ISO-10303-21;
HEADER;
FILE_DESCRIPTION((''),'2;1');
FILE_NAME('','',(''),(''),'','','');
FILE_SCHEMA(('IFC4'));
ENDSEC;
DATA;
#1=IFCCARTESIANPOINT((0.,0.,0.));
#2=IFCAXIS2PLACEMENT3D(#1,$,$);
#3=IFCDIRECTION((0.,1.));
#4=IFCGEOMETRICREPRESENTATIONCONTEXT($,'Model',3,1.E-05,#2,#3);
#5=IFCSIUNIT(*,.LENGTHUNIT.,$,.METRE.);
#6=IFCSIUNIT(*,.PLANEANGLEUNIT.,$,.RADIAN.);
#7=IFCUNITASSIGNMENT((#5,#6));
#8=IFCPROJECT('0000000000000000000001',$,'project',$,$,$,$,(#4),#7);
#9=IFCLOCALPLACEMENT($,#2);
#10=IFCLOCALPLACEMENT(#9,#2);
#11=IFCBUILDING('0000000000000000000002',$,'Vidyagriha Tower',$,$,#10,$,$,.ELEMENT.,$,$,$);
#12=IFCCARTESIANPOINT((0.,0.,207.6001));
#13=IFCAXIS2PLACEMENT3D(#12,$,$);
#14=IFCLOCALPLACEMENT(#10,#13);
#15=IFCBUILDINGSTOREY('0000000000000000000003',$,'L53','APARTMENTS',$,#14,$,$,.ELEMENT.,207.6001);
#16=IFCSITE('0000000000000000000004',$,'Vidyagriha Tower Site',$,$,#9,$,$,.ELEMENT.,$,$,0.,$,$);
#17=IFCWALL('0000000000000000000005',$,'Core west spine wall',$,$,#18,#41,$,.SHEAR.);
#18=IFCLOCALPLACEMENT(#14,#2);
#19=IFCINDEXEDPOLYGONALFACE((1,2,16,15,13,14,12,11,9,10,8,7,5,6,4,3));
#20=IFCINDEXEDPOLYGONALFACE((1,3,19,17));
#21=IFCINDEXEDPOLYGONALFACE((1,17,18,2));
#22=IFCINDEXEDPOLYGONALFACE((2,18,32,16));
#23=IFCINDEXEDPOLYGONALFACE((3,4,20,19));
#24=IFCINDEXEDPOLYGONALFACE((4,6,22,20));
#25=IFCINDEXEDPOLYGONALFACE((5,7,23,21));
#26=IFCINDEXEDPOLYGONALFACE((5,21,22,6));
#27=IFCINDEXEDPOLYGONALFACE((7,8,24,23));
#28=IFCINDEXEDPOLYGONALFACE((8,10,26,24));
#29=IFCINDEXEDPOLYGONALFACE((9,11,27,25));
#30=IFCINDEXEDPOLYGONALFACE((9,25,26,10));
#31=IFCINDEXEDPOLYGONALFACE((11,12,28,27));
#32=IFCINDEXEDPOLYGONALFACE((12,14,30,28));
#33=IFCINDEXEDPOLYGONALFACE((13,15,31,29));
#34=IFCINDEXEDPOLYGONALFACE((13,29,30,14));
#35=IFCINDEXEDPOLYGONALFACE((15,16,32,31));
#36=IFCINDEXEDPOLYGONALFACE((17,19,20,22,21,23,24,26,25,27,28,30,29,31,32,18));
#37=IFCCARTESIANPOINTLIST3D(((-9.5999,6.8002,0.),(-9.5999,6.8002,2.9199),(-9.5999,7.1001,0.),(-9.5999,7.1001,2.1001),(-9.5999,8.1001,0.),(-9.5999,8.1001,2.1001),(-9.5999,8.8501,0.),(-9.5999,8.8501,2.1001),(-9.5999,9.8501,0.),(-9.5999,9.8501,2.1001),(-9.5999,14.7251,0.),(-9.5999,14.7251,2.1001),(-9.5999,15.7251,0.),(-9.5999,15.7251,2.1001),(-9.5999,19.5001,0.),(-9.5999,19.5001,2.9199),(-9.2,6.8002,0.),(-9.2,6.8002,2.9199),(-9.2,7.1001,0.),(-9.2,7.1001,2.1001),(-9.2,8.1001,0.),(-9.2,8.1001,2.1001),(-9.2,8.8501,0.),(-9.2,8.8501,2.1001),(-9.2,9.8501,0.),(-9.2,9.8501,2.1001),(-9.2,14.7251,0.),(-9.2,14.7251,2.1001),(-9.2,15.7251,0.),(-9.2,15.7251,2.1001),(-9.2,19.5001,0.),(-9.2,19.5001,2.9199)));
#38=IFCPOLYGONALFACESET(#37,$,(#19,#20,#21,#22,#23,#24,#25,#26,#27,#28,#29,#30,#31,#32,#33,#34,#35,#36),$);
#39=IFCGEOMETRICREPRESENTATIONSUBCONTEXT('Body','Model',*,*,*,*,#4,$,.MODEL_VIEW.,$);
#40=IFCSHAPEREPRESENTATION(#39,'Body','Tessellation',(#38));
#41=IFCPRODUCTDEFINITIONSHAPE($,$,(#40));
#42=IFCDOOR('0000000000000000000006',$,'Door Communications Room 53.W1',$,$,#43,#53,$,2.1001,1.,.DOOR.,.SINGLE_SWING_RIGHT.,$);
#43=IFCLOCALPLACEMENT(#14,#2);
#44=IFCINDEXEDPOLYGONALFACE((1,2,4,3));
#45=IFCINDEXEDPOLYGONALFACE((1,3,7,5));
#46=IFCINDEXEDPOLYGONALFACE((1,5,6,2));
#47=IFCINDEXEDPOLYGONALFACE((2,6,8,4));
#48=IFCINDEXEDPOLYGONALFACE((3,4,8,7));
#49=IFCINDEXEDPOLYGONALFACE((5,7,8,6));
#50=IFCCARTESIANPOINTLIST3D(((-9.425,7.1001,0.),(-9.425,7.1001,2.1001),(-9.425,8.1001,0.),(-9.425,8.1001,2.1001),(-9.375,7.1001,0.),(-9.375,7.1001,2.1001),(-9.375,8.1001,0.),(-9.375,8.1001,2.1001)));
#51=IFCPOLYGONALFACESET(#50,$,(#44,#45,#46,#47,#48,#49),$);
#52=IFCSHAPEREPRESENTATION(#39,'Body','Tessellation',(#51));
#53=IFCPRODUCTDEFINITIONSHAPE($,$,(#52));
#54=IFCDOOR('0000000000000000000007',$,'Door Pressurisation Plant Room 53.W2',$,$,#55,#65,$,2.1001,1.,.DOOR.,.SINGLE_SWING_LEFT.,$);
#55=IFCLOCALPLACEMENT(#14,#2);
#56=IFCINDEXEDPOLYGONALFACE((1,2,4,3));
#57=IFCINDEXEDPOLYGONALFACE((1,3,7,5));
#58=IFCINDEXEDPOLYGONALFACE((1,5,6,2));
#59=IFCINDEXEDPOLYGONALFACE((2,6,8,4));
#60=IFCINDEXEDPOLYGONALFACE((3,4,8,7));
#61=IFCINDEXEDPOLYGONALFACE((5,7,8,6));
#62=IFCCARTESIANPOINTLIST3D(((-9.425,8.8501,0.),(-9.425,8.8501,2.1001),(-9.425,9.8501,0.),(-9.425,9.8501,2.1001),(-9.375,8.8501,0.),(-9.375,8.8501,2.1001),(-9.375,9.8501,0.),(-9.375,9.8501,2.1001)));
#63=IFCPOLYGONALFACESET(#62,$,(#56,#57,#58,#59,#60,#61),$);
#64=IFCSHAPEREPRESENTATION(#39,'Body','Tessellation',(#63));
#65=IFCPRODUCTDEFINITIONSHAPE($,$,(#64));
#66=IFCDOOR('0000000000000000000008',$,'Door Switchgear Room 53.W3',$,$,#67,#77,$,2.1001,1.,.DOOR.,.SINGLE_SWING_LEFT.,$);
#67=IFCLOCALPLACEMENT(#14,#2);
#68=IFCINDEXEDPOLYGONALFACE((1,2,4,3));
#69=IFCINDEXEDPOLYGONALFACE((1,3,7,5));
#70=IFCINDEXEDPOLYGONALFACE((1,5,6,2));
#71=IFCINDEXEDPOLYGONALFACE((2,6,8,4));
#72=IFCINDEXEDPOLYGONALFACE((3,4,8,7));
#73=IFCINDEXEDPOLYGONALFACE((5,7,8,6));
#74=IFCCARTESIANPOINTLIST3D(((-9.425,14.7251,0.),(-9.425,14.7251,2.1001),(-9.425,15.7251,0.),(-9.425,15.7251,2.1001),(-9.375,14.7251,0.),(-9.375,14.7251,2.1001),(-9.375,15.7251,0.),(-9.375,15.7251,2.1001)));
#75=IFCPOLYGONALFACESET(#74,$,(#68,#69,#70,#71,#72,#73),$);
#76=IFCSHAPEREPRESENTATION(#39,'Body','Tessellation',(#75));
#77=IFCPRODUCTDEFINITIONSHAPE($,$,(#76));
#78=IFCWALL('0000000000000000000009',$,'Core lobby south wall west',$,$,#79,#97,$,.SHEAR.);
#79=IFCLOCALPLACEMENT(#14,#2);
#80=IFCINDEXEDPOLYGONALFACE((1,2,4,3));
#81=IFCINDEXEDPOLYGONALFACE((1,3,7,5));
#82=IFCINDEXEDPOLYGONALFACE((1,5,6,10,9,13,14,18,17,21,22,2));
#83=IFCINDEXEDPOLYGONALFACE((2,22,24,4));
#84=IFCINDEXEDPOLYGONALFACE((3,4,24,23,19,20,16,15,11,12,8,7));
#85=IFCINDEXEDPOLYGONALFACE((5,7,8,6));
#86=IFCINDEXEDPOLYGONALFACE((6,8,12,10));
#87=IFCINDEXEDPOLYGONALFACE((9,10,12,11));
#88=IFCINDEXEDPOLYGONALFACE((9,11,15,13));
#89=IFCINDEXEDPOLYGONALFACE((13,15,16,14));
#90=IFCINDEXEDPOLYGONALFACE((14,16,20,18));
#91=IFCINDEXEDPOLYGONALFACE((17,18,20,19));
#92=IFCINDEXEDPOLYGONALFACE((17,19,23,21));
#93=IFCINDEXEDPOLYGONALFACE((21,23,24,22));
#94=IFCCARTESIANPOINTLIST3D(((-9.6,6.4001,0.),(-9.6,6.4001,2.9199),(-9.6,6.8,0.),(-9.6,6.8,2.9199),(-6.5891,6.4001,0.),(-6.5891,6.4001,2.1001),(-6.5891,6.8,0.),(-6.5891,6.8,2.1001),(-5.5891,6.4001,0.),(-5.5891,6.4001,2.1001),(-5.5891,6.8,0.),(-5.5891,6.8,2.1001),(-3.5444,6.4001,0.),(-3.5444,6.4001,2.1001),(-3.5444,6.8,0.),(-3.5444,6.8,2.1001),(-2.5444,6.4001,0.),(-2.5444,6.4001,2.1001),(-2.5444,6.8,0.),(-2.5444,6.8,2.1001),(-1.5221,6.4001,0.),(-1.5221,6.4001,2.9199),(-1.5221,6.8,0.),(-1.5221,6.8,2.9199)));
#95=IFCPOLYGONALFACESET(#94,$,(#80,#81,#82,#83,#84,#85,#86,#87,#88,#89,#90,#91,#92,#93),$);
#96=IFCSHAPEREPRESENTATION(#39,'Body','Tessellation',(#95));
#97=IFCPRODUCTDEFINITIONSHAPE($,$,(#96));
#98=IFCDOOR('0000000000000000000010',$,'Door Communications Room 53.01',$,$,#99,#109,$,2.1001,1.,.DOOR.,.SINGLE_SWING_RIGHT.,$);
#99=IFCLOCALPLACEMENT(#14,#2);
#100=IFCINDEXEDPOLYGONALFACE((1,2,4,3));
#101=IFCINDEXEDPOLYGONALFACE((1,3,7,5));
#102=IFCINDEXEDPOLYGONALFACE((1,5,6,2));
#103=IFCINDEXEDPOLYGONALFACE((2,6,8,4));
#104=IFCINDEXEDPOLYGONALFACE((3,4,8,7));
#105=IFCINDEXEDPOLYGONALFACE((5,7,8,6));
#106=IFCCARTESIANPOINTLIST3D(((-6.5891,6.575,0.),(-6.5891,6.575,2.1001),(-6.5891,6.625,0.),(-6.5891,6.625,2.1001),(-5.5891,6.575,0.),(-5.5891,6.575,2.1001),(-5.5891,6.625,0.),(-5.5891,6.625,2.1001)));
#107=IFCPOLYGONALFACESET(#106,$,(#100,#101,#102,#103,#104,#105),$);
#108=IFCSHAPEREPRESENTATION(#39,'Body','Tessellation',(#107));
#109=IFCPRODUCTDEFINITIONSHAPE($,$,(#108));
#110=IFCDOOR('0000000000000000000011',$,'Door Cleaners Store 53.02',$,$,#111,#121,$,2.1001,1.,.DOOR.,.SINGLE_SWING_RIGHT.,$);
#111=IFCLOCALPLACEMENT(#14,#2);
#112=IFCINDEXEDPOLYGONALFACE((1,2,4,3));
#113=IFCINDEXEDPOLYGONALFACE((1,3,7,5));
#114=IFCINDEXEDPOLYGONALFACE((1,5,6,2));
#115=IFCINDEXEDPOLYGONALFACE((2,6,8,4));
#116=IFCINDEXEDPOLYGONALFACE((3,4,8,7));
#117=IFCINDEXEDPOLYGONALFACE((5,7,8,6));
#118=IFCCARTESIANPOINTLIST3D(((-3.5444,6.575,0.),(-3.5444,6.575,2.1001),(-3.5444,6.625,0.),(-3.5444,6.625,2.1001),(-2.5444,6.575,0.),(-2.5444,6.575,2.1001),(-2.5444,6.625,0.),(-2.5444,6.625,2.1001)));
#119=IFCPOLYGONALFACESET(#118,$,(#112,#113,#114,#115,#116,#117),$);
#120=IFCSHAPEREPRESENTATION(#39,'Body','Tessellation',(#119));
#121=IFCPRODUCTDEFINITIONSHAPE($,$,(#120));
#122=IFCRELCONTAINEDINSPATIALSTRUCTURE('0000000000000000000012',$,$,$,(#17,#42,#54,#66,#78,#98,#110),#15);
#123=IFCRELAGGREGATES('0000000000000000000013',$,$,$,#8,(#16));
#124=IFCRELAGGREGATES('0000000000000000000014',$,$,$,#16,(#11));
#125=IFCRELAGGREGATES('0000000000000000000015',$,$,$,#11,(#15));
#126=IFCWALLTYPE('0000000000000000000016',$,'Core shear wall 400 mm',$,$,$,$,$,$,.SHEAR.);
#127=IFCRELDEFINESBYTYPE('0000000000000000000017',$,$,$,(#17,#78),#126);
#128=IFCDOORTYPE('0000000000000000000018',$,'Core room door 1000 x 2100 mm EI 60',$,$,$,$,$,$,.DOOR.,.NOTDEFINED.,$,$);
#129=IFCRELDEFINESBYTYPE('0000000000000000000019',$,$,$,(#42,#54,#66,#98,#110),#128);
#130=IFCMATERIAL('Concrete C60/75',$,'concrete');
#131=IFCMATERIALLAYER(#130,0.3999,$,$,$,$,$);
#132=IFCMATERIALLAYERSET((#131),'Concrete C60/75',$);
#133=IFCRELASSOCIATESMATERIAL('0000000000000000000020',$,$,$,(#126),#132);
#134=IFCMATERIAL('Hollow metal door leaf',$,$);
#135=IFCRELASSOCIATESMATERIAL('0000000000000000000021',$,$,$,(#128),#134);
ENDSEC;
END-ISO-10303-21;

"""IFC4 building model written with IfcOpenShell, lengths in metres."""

from ifc_helpers import new_model, si_unit, direction, frame, frame_2d, origin, place, context, subcontext, project, spatial, rectangle, extrude, material, layer, layer_set, type_object, element, fill, save


model = new_model("IFC4")

# Units and contexts
model_context = context("Model", 3, precision=1e-05, world=origin(), true_north=direction((0.0, 1.0)))
body_context = subcontext(model_context, "Body", "Model", "MODEL_VIEW")
ifc_project = project(units=[si_unit("LENGTHUNIT", "METRE"), si_unit("PLANEANGLEUNIT", "RADIAN")], contexts=[model_context])

# Site, building, storey
site_placement = place(None, origin())
site = spatial("IfcSite", under=ifc_project, at=site_placement, Name="Vidyagriha Tower Site", CompositionType="ELEMENT", RefElevation=0.0)
building_placement = place(site_placement, origin())
building = spatial("IfcBuilding", under=site, at=building_placement, Name="Vidyagriha Tower", CompositionType="ELEMENT")
storey_placement = place(building_placement, frame((0.0, 0.0, 207.6001)))
storey = spatial("IfcBuildingStorey", under=building, at=storey_placement, Name="L53", Description="APARTMENTS", CompositionType="ELEMENT", Elevation=207.6001)

# Walls, openings, doors
ifc_material_1 = material(Name="Concrete C60/75", Category="concrete")
ifc_layer_1 = layer(ifc_material_1, 0.3999)
ifc_layer_set_1 = layer_set([ifc_layer_1], Name="Concrete C60/75")
wall_type_1 = type_object("IfcWallType", Name="Core shear wall 400 mm", PredefinedType="SHEAR", material=ifc_layer_set_1)
wall_1_placement = place(storey_placement, frame((-9.3999, 6.8, 0.0), z_axis=(0.0, 0.0, 1.0), x_axis=(0.0, 1.0, 0.0)))
wall_1 = element("IfcWall", 1, at=wall_1_placement, inside=storey, type_object=wall_type_1, Name="Core west spine wall", PredefinedType="SHEAR", context=body_context, shape_type="SweptSolid", body=[
    extrude(rectangle(XDim=12.7, YDim=0.3999, at=frame_2d((6.3501, 0.0))), origin(), (0.0, 0.0, 1.0), 2.9199),
])
opening_1_placement = place(wall_1_placement, frame((0.3, 0.0, 0.0)))
opening_1 = element("IfcOpeningElement", 2, at=opening_1_placement, cuts=wall_1, PredefinedType="OPENING", context=body_context, shape_type="SweptSolid", body=[
    extrude(rectangle(XDim=1.0, YDim=2.1001, at=frame_2d((0.5, 1.05))), frame((0.0, 0.21, 0.0), z_axis=(0.0, -1.0, 0.0), x_axis=(1.0, 0.0, 0.0)), (0.0, 0.0, 1.0), 0.4199),
])
opening_2_placement = place(wall_1_placement, frame((2.05, 0.0, 0.0)))
opening_2 = element("IfcOpeningElement", 3, at=opening_2_placement, cuts=wall_1, PredefinedType="OPENING", context=body_context, shape_type="SweptSolid", body=[
    extrude(rectangle(XDim=1.0, YDim=2.1001, at=frame_2d((0.5, 1.05))), frame((0.0, 0.21, 0.0), z_axis=(0.0, -1.0, 0.0), x_axis=(1.0, 0.0, 0.0)), (0.0, 0.0, 1.0), 0.4199),
])
opening_3_placement = place(wall_1_placement, frame((7.925, 0.0, 0.0)))
opening_3 = element("IfcOpeningElement", 4, at=opening_3_placement, cuts=wall_1, PredefinedType="OPENING", context=body_context, shape_type="SweptSolid", body=[
    extrude(rectangle(XDim=1.0, YDim=2.1001, at=frame_2d((0.5, 1.05))), frame((0.0, 0.21, 0.0), z_axis=(0.0, -1.0, 0.0), x_axis=(1.0, 0.0, 0.0)), (0.0, 0.0, 1.0), 0.4199),
])
ifc_material_2 = material(Name="Hollow metal door leaf")
door_type_1 = type_object("IfcDoorType", Name="Core room door 1000 x 2100 mm EI 60", OperationType="NOTDEFINED", PredefinedType="DOOR", material=ifc_material_2)
door_1_placement = place(opening_1_placement, frame((1.0, 0.0, 0.0), z_axis=(0.0, 0.0, 1.0), x_axis=(-1.0, 0.0, 0.0)))
door_1 = element("IfcDoor", 5, at=door_1_placement, inside=storey, type_object=door_type_1, Name="Door Communications Room 53.W1", OperationType="SINGLE_SWING_RIGHT", OverallHeight=2.1001, OverallWidth=1.0, PredefinedType="DOOR", context=body_context, shape_type="SweptSolid", body=[
    extrude(rectangle(XDim=1.0, YDim=2.1001, at=frame_2d((0.5, 1.05))), frame((0.0, 0.0249, 0.0), z_axis=(0.0, -1.0, 0.0), x_axis=(1.0, 0.0, 0.0)), (0.0, 0.0, 1.0), 0.05),
])
fill(opening_1, door_1)
door_2_placement = place(opening_2_placement, frame((1.0, 0.0, 0.0), z_axis=(0.0, 0.0, 1.0), x_axis=(-1.0, 0.0, 0.0)))
door_2 = element("IfcDoor", 6, at=door_2_placement, inside=storey, type_object=door_type_1, Name="Door Pressurisation Plant Room 53.W2", OperationType="SINGLE_SWING_LEFT", OverallHeight=2.1001, OverallWidth=1.0, PredefinedType="DOOR", context=body_context, shape_type="SweptSolid", body=[
    extrude(rectangle(XDim=1.0, YDim=2.1001, at=frame_2d((0.5, 1.05))), frame((0.0, 0.0249, 0.0), z_axis=(0.0, -1.0, 0.0), x_axis=(1.0, 0.0, 0.0)), (0.0, 0.0, 1.0), 0.05),
])
fill(opening_2, door_2)
door_3_placement = place(opening_3_placement, frame((1.0, 0.0, 0.0), z_axis=(0.0, 0.0, 1.0), x_axis=(-1.0, 0.0, 0.0)))
door_3 = element("IfcDoor", 7, at=door_3_placement, inside=storey, type_object=door_type_1, Name="Door Switchgear Room 53.W3", OperationType="SINGLE_SWING_LEFT", OverallHeight=2.1001, OverallWidth=1.0, PredefinedType="DOOR", context=body_context, shape_type="SweptSolid", body=[
    extrude(rectangle(XDim=1.0, YDim=2.1001, at=frame_2d((0.5, 1.05))), frame((0.0, 0.0249, 0.0), z_axis=(0.0, -1.0, 0.0), x_axis=(1.0, 0.0, 0.0)), (0.0, 0.0, 1.0), 0.05),
])
fill(opening_3, door_3)
wall_2_placement = place(storey_placement, frame((-9.6001, 6.6001, 0.0)))
wall_2 = element("IfcWall", 8, at=wall_2_placement, inside=storey, type_object=wall_type_1, Name="Core lobby south wall west", PredefinedType="SHEAR", context=body_context, shape_type="SweptSolid", body=[
    extrude(rectangle(XDim=8.0779, YDim=0.3999, at=frame_2d((4.0391, 0.0))), origin(), (0.0, 0.0, 1.0), 2.9199),
])
opening_4_placement = place(wall_2_placement, frame((3.011, 0.0, 0.0)))
opening_4 = element("IfcOpeningElement", 9, at=opening_4_placement, cuts=wall_2, PredefinedType="OPENING", context=body_context, shape_type="SweptSolid", body=[
    extrude(rectangle(XDim=1.0, YDim=2.1001, at=frame_2d((0.5, 1.05))), frame((0.0, 0.21, 0.0), z_axis=(0.0, -1.0, 0.0), x_axis=(1.0, 0.0, 0.0)), (0.0, 0.0, 1.0), 0.4199),
])
opening_5_placement = place(wall_2_placement, frame((6.0557, 0.0, 0.0)))
opening_5 = element("IfcOpeningElement", 10, at=opening_5_placement, cuts=wall_2, PredefinedType="OPENING", context=body_context, shape_type="SweptSolid", body=[
    extrude(rectangle(XDim=1.0, YDim=2.1001, at=frame_2d((0.5, 1.05))), frame((0.0, 0.21, 0.0), z_axis=(0.0, -1.0, 0.0), x_axis=(1.0, 0.0, 0.0)), (0.0, 0.0, 1.0), 0.4199),
])
door_4_placement = place(opening_4_placement, origin())
door_4 = element("IfcDoor", 11, at=door_4_placement, inside=storey, type_object=door_type_1, Name="Door Communications Room 53.01", OperationType="SINGLE_SWING_RIGHT", OverallHeight=2.1001, OverallWidth=1.0, PredefinedType="DOOR", context=body_context, shape_type="SweptSolid", body=[
    extrude(rectangle(XDim=1.0, YDim=2.1001, at=frame_2d((0.5, 1.05))), frame((0.0, 0.0249, 0.0), z_axis=(0.0, -1.0, 0.0), x_axis=(1.0, 0.0, 0.0)), (0.0, 0.0, 1.0), 0.05),
])
fill(opening_4, door_4)
door_5_placement = place(opening_5_placement, origin())
door_5 = element("IfcDoor", 12, at=door_5_placement, inside=storey, type_object=door_type_1, Name="Door Cleaners Store 53.02", OperationType="SINGLE_SWING_RIGHT", OverallHeight=2.1001, OverallWidth=1.0, PredefinedType="DOOR", context=body_context, shape_type="SweptSolid", body=[
    extrude(rectangle(XDim=1.0, YDim=2.1001, at=frame_2d((0.5, 1.05))), frame((0.0, 0.0249, 0.0), z_axis=(0.0, -1.0, 0.0), x_axis=(1.0, 0.0, 0.0)), (0.0, 0.0, 1.0), 0.05),
])
fill(opening_5, door_5)

save(model, "model.ifc")
